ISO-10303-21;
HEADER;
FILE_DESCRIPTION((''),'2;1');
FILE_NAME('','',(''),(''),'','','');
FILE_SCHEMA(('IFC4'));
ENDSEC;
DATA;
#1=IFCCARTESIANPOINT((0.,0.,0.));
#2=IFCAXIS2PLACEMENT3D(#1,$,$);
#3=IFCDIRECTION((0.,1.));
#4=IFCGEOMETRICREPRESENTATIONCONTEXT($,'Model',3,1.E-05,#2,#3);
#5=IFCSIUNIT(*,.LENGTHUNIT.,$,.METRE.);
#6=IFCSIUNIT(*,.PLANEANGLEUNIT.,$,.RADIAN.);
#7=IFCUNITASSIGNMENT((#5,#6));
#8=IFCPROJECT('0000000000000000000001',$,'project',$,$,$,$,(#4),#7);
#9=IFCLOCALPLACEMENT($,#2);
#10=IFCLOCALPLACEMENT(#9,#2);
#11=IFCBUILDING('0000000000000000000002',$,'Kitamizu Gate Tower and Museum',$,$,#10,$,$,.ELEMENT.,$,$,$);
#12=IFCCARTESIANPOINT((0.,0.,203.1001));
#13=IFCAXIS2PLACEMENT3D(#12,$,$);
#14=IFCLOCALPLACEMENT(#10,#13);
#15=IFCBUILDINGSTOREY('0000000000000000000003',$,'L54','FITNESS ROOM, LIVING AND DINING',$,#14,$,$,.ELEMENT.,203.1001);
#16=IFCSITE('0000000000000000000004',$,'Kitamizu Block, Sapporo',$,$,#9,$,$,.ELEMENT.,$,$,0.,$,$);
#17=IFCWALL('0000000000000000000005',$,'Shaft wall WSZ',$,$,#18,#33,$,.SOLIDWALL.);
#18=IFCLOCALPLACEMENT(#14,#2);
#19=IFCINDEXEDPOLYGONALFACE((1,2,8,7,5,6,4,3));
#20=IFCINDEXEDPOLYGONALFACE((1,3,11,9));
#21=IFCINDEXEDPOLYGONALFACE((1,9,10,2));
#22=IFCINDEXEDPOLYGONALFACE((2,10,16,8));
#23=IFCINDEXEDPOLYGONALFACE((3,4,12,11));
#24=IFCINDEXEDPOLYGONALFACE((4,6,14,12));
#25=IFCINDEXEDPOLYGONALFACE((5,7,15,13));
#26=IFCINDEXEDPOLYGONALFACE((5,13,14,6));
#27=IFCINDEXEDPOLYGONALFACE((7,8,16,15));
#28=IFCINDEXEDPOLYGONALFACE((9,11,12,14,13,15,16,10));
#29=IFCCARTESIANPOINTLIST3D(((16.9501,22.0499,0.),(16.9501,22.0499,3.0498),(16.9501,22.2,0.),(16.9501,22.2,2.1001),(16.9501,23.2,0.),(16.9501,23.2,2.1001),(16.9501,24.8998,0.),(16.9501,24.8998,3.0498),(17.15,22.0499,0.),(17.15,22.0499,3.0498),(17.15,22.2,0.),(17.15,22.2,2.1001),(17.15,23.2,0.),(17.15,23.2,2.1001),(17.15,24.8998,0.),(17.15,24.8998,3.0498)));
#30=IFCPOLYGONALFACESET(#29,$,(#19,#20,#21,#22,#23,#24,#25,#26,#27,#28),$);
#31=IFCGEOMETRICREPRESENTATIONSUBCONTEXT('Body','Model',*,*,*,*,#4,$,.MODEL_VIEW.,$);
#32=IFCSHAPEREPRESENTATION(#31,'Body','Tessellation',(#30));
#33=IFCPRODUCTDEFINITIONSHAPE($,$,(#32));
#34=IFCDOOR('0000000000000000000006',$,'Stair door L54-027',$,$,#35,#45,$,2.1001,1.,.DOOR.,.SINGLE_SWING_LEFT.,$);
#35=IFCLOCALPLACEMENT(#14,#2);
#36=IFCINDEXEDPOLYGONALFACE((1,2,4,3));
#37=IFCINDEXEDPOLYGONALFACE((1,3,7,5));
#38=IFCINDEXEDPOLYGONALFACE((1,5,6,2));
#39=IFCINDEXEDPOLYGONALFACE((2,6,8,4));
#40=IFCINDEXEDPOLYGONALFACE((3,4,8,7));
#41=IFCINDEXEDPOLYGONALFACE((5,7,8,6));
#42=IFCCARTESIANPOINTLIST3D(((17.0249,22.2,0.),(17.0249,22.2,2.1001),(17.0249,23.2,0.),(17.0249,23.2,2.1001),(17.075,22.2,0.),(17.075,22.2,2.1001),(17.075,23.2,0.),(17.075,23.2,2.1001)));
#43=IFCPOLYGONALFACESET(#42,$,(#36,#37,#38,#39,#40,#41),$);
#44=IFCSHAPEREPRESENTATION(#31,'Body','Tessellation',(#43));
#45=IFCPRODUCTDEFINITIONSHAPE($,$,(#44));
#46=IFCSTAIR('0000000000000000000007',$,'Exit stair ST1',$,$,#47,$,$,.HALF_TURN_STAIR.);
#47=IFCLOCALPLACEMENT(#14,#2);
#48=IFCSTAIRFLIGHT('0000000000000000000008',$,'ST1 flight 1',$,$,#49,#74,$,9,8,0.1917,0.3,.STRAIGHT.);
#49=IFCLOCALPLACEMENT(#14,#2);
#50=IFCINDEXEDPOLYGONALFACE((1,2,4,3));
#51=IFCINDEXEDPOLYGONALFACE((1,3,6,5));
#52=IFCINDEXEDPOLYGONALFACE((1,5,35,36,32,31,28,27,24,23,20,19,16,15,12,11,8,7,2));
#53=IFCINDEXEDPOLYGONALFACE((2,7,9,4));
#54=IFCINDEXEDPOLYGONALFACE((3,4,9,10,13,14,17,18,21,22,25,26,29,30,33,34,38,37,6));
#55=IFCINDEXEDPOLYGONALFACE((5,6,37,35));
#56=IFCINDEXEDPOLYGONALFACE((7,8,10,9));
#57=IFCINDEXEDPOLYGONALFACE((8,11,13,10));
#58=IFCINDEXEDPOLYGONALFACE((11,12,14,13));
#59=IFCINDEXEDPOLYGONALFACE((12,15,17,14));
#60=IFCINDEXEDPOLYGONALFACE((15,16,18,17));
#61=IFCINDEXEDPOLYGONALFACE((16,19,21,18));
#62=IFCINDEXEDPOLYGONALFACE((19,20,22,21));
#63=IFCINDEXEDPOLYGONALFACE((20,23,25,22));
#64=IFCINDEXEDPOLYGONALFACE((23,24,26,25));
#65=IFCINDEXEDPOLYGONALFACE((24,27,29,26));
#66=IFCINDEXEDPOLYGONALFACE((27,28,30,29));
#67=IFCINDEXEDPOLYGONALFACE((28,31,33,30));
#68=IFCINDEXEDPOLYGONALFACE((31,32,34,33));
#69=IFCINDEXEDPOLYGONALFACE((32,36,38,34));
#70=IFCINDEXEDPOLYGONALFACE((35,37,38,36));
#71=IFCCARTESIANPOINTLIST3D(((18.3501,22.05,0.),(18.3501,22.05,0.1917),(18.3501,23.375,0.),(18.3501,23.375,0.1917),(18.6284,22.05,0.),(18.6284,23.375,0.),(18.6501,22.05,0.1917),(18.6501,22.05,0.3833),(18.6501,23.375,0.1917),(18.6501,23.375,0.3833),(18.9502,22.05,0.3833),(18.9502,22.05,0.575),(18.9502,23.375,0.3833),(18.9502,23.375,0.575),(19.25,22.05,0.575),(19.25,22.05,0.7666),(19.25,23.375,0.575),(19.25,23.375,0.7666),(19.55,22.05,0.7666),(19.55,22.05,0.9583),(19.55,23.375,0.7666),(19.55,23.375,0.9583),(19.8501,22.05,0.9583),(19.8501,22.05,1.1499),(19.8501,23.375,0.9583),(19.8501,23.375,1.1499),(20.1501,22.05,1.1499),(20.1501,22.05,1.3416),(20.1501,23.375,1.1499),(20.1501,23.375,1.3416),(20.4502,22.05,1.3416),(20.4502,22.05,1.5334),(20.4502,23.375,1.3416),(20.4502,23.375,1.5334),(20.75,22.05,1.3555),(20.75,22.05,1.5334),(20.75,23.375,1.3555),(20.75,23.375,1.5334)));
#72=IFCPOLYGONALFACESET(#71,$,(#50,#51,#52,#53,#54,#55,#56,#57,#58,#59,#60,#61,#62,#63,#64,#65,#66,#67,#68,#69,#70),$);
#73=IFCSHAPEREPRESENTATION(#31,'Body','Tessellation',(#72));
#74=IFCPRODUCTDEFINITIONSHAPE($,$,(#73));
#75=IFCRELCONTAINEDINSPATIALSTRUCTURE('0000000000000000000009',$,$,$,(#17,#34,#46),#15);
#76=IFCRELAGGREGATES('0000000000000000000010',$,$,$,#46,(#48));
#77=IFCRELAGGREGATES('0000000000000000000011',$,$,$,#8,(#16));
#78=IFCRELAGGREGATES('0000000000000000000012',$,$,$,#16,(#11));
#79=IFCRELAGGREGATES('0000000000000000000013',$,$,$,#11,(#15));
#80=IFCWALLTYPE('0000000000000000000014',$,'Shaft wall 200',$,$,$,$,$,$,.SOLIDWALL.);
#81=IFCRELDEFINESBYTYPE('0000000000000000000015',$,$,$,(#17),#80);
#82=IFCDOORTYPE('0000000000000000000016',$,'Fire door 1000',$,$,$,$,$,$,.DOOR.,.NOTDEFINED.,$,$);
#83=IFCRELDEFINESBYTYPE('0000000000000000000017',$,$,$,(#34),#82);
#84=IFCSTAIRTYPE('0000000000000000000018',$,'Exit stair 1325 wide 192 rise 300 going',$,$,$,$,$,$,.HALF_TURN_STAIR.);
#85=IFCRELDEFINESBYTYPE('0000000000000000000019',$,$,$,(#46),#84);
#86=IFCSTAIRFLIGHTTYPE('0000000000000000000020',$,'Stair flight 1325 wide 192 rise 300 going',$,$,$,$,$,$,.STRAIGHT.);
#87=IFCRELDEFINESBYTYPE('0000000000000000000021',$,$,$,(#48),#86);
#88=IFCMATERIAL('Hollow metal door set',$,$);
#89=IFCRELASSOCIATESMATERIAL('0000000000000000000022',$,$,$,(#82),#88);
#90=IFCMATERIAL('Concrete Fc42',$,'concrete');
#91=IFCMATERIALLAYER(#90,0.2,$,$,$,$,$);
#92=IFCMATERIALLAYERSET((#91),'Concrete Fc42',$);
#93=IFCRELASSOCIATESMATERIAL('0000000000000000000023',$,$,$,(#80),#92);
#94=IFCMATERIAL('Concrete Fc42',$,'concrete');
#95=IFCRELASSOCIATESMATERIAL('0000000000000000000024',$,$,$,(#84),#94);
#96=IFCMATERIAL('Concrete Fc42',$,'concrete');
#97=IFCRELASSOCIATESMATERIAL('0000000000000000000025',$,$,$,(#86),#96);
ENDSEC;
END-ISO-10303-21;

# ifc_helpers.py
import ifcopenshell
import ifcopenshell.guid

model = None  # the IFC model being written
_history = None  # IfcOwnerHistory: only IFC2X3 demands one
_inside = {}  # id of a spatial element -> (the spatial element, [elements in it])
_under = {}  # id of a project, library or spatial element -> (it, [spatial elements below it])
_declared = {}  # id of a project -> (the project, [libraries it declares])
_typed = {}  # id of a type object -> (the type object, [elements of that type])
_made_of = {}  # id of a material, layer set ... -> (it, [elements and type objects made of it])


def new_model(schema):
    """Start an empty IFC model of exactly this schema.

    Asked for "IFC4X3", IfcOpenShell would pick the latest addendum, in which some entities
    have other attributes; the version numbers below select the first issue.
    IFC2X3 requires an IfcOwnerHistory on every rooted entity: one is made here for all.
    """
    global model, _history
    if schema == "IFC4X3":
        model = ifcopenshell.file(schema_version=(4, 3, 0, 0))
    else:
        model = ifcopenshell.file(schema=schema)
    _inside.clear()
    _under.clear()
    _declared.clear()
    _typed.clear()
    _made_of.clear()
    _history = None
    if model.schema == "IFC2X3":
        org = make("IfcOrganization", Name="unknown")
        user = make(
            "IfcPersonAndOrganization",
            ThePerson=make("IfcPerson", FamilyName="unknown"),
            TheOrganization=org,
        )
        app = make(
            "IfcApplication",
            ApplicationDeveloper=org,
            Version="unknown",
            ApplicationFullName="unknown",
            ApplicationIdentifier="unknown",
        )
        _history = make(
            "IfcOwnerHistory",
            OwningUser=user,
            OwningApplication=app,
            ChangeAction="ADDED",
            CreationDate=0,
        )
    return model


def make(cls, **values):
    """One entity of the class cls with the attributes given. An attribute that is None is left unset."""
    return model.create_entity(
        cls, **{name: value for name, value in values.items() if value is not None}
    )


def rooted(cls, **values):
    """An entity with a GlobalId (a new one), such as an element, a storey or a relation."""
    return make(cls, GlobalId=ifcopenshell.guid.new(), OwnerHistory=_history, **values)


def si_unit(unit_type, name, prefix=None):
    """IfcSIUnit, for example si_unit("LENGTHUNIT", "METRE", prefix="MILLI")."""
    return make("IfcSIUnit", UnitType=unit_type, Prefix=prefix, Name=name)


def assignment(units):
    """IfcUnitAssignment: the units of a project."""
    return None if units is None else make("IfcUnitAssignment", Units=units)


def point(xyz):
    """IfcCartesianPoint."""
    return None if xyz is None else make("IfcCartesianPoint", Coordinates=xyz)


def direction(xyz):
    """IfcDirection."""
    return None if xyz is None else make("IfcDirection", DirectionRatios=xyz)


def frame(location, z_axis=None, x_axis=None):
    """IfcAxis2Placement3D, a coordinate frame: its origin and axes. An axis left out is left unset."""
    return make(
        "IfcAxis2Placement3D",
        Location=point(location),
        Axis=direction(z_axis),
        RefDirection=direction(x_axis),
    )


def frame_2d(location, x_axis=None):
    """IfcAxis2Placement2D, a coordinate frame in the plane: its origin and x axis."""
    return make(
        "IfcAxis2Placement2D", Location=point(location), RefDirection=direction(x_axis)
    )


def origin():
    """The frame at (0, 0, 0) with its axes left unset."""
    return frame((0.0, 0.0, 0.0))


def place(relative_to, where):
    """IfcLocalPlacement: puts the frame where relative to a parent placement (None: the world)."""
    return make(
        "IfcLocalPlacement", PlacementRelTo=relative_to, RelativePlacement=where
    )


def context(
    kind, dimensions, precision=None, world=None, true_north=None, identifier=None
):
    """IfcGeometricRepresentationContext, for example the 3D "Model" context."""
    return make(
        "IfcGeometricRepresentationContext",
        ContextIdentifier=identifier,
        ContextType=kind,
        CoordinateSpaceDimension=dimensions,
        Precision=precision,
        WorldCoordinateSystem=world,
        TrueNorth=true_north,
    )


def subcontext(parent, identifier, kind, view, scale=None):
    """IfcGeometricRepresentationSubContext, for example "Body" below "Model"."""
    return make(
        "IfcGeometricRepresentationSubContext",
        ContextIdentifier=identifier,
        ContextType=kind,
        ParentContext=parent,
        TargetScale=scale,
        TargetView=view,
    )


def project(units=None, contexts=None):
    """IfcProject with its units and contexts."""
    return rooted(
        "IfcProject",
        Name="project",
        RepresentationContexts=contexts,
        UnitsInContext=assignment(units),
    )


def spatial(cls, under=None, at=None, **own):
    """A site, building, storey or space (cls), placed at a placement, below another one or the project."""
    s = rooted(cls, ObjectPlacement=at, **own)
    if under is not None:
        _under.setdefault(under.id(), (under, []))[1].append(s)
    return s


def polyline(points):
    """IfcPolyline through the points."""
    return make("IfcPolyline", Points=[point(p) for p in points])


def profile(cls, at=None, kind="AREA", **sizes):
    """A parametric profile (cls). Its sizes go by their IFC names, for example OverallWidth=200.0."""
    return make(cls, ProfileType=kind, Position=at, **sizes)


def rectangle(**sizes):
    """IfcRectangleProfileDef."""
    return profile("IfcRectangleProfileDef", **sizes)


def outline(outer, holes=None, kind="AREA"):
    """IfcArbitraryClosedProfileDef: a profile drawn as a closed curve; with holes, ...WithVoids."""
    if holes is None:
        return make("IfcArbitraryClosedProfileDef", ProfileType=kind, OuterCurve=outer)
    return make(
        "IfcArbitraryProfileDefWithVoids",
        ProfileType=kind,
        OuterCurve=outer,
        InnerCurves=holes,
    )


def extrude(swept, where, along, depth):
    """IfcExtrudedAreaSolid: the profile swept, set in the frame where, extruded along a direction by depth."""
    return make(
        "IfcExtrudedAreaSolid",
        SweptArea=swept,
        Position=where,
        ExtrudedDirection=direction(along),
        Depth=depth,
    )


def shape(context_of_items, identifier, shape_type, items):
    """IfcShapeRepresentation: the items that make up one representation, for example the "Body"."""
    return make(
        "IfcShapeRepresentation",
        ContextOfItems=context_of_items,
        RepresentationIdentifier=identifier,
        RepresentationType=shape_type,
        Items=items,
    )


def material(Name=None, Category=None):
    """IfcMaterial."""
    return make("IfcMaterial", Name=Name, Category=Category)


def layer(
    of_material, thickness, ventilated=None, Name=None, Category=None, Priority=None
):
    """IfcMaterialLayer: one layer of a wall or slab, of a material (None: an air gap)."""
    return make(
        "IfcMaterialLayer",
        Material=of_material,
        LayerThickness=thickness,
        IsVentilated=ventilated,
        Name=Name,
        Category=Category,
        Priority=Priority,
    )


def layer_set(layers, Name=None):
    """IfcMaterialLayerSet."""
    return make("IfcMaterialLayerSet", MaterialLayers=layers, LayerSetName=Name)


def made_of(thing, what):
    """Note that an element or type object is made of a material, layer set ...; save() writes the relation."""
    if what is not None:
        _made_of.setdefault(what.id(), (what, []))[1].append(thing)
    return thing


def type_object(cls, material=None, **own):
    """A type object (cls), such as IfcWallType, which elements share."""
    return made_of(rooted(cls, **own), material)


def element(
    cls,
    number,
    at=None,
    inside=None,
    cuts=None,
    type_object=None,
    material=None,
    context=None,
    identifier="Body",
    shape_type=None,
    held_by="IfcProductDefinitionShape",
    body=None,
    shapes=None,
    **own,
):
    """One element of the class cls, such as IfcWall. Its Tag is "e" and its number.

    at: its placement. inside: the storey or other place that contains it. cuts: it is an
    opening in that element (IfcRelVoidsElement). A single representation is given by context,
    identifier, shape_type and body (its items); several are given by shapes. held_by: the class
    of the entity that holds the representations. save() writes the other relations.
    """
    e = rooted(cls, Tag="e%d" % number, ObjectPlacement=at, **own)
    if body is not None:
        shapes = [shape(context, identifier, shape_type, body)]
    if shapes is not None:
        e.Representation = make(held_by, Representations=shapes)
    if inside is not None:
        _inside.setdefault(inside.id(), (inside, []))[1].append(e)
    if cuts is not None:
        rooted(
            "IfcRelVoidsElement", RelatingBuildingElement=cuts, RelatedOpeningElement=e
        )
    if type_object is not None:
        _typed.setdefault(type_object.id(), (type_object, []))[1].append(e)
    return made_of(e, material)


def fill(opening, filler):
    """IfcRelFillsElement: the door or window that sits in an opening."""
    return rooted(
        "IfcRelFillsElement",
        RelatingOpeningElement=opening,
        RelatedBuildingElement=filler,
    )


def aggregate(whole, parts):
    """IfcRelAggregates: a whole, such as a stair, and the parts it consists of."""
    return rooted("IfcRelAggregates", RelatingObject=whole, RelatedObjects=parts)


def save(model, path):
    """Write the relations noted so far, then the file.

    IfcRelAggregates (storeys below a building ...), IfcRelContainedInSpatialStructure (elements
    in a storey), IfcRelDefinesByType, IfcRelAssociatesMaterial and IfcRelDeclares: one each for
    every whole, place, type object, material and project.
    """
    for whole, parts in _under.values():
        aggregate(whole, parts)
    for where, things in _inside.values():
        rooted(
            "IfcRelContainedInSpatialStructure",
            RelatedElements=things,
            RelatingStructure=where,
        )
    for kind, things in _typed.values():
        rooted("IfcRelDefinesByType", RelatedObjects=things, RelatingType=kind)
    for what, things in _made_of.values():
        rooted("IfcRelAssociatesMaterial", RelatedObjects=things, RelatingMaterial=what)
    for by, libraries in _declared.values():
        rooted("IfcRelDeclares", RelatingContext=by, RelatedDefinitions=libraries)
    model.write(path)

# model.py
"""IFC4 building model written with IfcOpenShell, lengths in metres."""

from ifc_helpers import new_model, si_unit, direction, frame, frame_2d, origin, place, context, subcontext, project, spatial, polyline, rectangle, outline, extrude, material, layer, layer_set, type_object, element, fill, aggregate, save


model = new_model("IFC4")

# Units and contexts
model_context = context("Model", 3, precision=1e-05, world=origin(), true_north=direction((0.0, 1.0)))
body_context = subcontext(model_context, "Body", "Model", "MODEL_VIEW")
ifc_project = project(units=[si_unit("LENGTHUNIT", "METRE"), si_unit("PLANEANGLEUNIT", "RADIAN")], contexts=[model_context])

# Site, building, storey
site_placement = place(None, origin())
site = spatial("IfcSite", under=ifc_project, at=site_placement, Name="Kitamizu Block, Sapporo", CompositionType="ELEMENT", RefElevation=0.0)
building_placement = place(site_placement, origin())
building = spatial("IfcBuilding", under=site, at=building_placement, Name="Kitamizu Gate Tower and Museum", CompositionType="ELEMENT")
storey_placement = place(building_placement, frame((0.0, 0.0, 203.1001)))
storey = spatial("IfcBuildingStorey", under=building, at=storey_placement, Name="L54", Description="FITNESS ROOM, LIVING AND DINING", CompositionType="ELEMENT", Elevation=203.1001)

# Shared definitions
ifc_material_1 = material(Name="Hollow metal door set")
door_type_1 = type_object("IfcDoorType", Name="Fire door 1000", OperationType="NOTDEFINED", PredefinedType="DOOR", material=ifc_material_1)

# Shared definitions
ifc_material_2 = material(Name="Concrete Fc42", Category="concrete")
ifc_layer_1 = layer(ifc_material_2, 0.2)
ifc_layer_set_1 = layer_set([ifc_layer_1], Name="Concrete Fc42")
wall_type_1 = type_object("IfcWallType", Name="Shaft wall 200", PredefinedType="SOLIDWALL", material=ifc_layer_set_1)

# Wall, opening, door
wall_1_placement = place(storey_placement, frame((17.05, 22.05, 0.0), z_axis=(0.0, 0.0, 1.0), x_axis=(0.0, 1.0, 0.0)))
wall_1 = element("IfcWall", 1, at=wall_1_placement, inside=storey, type_object=wall_type_1, Name="Shaft wall WSZ", PredefinedType="SOLIDWALL", context=body_context, shape_type="SweptSolid", body=[
    extrude(rectangle(XDim=2.8499, YDim=0.2, at=frame_2d((1.4248, 0.0))), origin(), (0.0, 0.0, 1.0), 3.0498),
])
opening_1_placement = place(wall_1_placement, frame((0.1499, 0.0, 0.0)))
opening_1 = element("IfcOpeningElement", 2, at=opening_1_placement, cuts=wall_1, PredefinedType="OPENING", context=body_context, shape_type="SweptSolid", body=[
    extrude(rectangle(XDim=1.0, YDim=2.1001, at=frame_2d((0.5, 1.05))), frame((0.0, 0.1099, 0.0), z_axis=(0.0, -1.0, 0.0), x_axis=(1.0, 0.0, 0.0)), (0.0, 0.0, 1.0), 0.22),
])
door_1_placement = place(opening_1_placement, frame((1.0, 0.0, 0.0), x_axis=(-1.0, 0.0, 0.0)))
door_1 = element("IfcDoor", 3, at=door_1_placement, inside=storey, type_object=door_type_1, Name="Stair door L54-027", OperationType="SINGLE_SWING_LEFT", OverallHeight=2.1001, OverallWidth=1.0, PredefinedType="DOOR", context=body_context, shape_type="SweptSolid", body=[
    extrude(rectangle(XDim=1.0, YDim=2.1001, at=frame_2d((0.5, 1.05))), frame((0.0, 0.0249, 0.0), z_axis=(0.0, -1.0, 0.0), x_axis=(1.0, 0.0, 0.0)), (0.0, 0.0, 1.0), 0.05),
])
fill(opening_1, door_1)

# Stair, stair flight
ifc_material_3 = material(Name="Concrete Fc42", Category="concrete")
stair_type = type_object("IfcStairType", Name="Exit stair 1325 wide 192 rise 300 going", PredefinedType="HALF_TURN_STAIR", material=ifc_material_3)
stair_placement = place(storey_placement, origin())
stair = element("IfcStair", 4, at=stair_placement, inside=storey, type_object=stair_type, Name="Exit stair ST1", PredefinedType="HALF_TURN_STAIR")
ifc_material_4 = material(Name="Concrete Fc42", Category="concrete")
stair_flight_type = type_object("IfcStairFlightType", Name="Stair flight 1325 wide 192 rise 300 going", PredefinedType="STRAIGHT", material=ifc_material_4)
stair_flight_placement = place(storey_placement, frame((18.3501, 22.7124, 0.0), z_axis=(0.0, 0.0, 1.0), x_axis=(1.0, 0.0, 0.0)))
stair_flight = element("IfcStairFlight", 5, at=stair_flight_placement, type_object=stair_flight_type, Name="ST1 flight 1", NumberOfRisers=9, NumberOfTreads=8, PredefinedType="STRAIGHT", RiserHeight=0.1917, TreadLength=0.3, context=body_context, shape_type="SweptSolid", body=[
    extrude(outline(polyline([(0.0, 0.0), (0.0, 0.1917), (0.3, 0.1917), (0.3, 0.3833), (0.6001, 0.3833), (0.6001, 0.575), (0.8999, 0.575), (0.8999, 0.7666), (1.2, 0.7666), (1.2, 0.9583), (1.5, 0.9583), (1.5, 1.1499), (1.8, 1.1499), (1.8, 1.3416), (2.1001, 1.3416), (2.1001, 1.5334), (2.3999, 1.5334), (2.3999, 1.7251), (2.3999, 1.3555), (0.2783, 0.0), (0.0, 0.0)])), frame((0.0, 0.6626, 0.0), z_axis=(0.0, -1.0, 0.0), x_axis=(1.0, 0.0, 0.0)), (0.0, 0.0, 1.0), 1.325),
])
aggregate(stair, [stair_flight])

save(model, "model.ifc")
